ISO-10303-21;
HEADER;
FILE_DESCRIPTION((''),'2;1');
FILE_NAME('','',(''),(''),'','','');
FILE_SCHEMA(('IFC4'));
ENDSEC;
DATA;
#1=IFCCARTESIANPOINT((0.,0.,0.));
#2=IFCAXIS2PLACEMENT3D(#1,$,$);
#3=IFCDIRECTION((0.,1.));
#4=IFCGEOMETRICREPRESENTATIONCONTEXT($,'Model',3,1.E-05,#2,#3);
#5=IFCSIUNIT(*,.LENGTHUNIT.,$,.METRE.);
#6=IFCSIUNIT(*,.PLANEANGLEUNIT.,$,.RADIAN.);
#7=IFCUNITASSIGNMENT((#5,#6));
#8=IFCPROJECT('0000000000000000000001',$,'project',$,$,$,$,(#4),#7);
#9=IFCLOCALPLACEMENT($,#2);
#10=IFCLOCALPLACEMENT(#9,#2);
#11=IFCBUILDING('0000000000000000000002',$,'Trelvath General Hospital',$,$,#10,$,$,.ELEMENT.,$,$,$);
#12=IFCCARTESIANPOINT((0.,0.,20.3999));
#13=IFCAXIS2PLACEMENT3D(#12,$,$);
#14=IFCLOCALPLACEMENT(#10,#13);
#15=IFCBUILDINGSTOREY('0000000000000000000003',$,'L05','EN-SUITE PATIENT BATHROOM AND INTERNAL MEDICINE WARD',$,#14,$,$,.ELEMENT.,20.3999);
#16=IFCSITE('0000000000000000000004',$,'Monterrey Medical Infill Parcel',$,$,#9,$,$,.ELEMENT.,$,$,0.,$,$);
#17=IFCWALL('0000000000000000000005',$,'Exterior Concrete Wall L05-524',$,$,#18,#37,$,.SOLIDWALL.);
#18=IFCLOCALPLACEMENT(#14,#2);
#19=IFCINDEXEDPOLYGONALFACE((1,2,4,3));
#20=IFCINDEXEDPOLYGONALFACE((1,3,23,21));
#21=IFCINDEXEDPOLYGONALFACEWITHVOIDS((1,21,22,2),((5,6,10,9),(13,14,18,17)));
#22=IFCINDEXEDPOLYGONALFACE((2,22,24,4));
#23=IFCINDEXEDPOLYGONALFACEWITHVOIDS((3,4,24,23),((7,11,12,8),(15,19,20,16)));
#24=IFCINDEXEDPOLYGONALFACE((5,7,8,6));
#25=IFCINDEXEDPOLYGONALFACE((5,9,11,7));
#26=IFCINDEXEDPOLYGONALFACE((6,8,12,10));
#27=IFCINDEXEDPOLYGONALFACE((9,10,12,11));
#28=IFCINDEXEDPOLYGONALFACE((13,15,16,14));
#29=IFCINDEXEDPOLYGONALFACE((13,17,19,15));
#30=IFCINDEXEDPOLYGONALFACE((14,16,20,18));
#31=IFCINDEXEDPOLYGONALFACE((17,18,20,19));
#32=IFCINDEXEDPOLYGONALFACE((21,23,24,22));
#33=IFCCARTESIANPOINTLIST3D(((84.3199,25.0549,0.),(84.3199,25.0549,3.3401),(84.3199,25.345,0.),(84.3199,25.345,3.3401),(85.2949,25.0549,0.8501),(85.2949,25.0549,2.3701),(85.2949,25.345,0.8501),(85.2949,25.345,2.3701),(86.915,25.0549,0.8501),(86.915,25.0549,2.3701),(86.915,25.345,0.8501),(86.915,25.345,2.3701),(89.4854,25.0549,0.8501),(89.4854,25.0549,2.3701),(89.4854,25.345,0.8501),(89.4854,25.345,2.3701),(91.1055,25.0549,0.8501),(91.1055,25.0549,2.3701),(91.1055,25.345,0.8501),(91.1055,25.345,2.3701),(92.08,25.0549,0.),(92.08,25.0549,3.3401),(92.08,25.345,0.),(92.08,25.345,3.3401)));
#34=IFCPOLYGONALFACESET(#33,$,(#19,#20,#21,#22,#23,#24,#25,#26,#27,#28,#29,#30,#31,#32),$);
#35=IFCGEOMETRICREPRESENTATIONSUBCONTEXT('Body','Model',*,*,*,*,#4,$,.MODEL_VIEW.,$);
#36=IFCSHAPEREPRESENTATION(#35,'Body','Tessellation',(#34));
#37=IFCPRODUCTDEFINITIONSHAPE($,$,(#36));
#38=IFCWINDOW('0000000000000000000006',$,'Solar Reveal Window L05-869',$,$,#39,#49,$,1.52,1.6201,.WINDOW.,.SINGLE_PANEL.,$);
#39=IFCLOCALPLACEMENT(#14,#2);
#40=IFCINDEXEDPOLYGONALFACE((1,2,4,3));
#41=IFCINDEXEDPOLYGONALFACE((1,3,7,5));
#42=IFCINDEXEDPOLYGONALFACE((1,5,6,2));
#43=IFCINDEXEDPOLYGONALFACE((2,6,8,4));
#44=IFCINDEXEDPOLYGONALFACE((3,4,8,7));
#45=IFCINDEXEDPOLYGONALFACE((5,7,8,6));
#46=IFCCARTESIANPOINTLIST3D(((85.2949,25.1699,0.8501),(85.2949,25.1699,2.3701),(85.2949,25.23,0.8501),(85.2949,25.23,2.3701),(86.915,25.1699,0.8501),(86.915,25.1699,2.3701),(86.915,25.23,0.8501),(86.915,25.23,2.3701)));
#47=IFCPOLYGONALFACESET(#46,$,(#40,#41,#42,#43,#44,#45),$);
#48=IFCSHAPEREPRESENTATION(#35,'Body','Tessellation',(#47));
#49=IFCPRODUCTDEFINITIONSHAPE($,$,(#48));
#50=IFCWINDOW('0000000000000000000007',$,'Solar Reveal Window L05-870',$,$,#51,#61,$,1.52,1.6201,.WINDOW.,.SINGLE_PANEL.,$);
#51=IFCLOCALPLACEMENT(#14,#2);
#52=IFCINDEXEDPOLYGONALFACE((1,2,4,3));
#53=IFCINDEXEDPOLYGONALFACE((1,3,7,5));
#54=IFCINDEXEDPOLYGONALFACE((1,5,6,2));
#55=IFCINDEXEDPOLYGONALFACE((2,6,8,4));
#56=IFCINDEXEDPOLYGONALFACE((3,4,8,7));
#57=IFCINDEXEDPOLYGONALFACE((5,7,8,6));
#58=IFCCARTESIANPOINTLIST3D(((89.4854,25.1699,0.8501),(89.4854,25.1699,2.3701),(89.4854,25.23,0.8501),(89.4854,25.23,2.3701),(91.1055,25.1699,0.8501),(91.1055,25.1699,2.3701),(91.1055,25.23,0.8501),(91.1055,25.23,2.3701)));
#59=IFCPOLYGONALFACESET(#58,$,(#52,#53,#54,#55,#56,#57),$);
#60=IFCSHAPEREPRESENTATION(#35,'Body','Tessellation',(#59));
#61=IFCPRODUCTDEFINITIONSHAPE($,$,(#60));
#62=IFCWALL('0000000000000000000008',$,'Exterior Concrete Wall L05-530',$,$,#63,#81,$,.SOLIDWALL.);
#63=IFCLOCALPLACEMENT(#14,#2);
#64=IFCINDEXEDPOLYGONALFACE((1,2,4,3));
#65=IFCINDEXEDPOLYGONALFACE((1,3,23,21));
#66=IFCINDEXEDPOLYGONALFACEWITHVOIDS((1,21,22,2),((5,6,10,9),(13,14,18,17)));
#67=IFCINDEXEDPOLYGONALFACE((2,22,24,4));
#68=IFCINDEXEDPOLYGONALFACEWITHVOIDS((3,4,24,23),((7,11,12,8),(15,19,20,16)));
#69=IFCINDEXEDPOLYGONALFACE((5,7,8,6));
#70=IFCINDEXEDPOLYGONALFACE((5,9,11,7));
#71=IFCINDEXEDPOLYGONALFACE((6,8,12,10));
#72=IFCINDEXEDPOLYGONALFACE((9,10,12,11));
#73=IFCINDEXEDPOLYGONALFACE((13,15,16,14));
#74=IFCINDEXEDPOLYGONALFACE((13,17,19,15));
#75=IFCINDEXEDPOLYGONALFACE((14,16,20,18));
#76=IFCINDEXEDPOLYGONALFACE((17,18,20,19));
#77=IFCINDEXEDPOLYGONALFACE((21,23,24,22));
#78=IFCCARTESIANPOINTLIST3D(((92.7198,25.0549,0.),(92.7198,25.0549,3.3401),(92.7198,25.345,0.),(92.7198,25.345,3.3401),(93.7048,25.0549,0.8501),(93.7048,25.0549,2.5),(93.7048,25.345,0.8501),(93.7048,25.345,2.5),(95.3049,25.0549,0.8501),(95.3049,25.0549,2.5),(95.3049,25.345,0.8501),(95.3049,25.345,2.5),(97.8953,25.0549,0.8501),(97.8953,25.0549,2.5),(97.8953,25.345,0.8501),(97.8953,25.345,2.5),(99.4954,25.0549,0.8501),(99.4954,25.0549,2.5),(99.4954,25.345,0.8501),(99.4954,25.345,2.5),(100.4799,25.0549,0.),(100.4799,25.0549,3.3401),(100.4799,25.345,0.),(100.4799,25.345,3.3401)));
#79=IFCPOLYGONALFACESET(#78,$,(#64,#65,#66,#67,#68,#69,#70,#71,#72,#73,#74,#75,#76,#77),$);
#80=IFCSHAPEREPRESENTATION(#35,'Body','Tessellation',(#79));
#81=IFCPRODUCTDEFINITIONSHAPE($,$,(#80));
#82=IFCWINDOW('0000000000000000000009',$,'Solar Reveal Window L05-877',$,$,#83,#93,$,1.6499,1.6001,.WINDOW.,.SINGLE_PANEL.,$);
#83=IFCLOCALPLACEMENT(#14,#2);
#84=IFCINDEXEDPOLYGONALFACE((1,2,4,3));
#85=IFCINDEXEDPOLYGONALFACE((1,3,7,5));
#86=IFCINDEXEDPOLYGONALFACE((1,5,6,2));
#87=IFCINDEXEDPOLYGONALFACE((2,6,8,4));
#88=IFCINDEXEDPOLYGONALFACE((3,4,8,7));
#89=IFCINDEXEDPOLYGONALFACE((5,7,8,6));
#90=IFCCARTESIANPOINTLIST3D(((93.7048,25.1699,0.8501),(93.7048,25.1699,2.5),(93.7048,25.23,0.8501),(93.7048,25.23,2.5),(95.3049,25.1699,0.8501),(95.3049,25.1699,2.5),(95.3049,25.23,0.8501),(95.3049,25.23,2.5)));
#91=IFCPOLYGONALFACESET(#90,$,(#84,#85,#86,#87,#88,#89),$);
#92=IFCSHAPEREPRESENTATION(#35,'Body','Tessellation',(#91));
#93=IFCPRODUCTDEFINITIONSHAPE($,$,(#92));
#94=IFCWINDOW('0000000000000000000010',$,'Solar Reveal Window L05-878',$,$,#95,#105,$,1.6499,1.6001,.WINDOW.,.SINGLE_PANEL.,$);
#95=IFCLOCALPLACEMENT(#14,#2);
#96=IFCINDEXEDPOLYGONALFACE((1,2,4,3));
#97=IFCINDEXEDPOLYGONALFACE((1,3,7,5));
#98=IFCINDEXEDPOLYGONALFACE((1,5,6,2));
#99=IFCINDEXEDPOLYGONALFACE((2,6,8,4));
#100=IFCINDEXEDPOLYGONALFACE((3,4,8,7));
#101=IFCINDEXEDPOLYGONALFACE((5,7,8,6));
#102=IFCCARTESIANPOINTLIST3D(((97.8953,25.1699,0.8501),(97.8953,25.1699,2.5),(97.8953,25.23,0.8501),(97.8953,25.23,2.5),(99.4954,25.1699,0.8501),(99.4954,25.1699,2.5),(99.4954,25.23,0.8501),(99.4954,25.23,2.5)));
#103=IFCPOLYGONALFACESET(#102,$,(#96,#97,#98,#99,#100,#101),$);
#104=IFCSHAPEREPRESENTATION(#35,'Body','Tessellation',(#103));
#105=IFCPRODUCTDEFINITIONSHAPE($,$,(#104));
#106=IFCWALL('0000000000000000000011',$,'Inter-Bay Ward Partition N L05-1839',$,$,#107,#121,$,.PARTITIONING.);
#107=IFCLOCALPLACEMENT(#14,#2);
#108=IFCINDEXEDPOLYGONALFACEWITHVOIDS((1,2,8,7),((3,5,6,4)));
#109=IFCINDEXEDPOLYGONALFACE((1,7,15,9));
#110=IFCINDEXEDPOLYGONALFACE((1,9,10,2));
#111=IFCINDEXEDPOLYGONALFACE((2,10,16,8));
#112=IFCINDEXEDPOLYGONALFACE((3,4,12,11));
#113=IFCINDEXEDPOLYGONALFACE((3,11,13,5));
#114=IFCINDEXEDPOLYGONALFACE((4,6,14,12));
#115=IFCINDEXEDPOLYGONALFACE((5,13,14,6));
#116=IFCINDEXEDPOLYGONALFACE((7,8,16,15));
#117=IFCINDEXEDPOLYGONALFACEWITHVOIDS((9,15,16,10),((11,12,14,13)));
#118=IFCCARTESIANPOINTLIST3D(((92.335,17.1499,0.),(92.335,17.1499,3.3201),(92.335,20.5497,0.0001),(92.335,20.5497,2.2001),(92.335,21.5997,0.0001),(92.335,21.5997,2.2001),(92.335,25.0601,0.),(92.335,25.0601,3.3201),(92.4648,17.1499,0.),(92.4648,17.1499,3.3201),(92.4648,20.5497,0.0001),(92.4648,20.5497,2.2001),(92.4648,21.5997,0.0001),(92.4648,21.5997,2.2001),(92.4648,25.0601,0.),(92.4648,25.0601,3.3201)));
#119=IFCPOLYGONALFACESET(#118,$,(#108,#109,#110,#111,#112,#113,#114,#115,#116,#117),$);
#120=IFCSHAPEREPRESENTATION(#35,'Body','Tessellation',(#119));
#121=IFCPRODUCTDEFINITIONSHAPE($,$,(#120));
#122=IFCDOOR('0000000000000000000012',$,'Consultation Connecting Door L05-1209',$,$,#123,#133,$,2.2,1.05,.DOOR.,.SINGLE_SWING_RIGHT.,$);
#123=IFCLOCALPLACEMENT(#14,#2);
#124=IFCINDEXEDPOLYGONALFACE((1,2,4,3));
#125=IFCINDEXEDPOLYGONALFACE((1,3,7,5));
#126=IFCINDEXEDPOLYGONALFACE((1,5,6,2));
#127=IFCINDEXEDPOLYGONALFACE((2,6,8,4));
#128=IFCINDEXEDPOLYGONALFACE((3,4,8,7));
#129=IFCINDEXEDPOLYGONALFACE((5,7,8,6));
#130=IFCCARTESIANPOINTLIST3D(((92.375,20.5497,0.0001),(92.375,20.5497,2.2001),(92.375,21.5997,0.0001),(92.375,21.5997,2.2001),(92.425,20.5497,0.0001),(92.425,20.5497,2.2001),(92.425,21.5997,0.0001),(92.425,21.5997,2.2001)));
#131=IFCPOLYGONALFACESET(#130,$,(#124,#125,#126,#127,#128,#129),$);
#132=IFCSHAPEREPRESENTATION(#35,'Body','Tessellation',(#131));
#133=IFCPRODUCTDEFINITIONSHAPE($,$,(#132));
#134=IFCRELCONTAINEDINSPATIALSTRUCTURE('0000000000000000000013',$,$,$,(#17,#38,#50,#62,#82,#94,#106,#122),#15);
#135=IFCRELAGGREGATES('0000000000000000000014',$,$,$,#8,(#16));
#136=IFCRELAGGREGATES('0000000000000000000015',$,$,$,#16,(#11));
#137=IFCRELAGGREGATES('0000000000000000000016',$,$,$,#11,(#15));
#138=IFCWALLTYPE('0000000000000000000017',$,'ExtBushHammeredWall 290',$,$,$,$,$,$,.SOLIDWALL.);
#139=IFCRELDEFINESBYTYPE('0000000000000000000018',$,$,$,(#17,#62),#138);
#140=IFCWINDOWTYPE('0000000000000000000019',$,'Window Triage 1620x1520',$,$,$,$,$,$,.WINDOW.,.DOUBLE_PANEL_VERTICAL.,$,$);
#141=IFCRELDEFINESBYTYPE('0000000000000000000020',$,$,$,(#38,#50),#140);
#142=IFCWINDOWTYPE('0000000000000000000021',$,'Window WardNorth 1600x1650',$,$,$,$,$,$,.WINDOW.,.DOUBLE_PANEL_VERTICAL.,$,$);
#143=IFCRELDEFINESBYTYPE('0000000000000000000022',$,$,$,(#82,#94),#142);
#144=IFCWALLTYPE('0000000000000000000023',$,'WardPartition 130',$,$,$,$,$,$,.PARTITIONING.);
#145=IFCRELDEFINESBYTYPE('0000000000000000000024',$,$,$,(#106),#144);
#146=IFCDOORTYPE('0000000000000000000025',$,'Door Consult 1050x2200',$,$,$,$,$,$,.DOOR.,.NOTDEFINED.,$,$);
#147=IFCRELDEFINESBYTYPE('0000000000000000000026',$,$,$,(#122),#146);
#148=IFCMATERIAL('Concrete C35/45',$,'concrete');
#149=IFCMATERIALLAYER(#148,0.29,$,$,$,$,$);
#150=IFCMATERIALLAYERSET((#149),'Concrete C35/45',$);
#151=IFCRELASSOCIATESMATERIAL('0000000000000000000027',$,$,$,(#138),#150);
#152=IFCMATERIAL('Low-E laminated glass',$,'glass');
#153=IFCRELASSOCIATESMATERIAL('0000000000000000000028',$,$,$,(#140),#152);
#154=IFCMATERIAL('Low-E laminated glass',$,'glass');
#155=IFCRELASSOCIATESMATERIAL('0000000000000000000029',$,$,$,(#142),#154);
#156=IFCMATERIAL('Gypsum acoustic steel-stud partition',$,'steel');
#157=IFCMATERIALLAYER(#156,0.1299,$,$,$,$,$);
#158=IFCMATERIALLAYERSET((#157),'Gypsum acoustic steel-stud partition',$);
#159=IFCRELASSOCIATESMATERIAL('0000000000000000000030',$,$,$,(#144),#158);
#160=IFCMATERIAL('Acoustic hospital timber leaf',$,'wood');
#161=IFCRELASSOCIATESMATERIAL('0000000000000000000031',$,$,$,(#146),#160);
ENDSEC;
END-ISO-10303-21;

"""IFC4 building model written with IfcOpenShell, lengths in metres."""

from ifc_helpers import new_model, si_unit, direction, frame, frame_2d, origin, place, context, subcontext, project, spatial, rectangle, extrude, material, layer, layer_set, type_object, element, fill, save


model = new_model("IFC4")

# Units and contexts
model_context = context("Model", 3, precision=1e-05, world=origin(), true_north=direction((0.0, 1.0)))
body_context = subcontext(model_context, "Body", "Model", "MODEL_VIEW")
ifc_project = project(units=[si_unit("LENGTHUNIT", "METRE"), si_unit("PLANEANGLEUNIT", "RADIAN")], contexts=[model_context])

# Site, building, storey
site_placement = place(None, origin())
site = spatial("IfcSite", under=ifc_project, at=site_placement, Name="Monterrey Medical Infill Parcel", CompositionType="ELEMENT", RefElevation=0.0)
building_placement = place(site_placement, origin())
building = spatial("IfcBuilding", under=site, at=building_placement, Name="Trelvath General Hospital", CompositionType="ELEMENT")
storey_placement = place(building_placement, frame((0.0, 0.0, 20.3999)))
storey = spatial("IfcBuildingStorey", under=building, at=storey_placement, Name="L05", Description="EN-SUITE PATIENT BATHROOM AND INTERNAL MEDICINE WARD", CompositionType="ELEMENT", Elevation=20.3999)

# Walls, openings, windows
ifc_material_1 = material(Name="Concrete C35/45", Category="concrete")
ifc_layer_1 = layer(ifc_material_1, 0.29)
ifc_layer_set_1 = layer_set([ifc_layer_1], Name="Concrete C35/45")
wall_type_1 = type_object("IfcWallType", Name="ExtBushHammeredWall 290", PredefinedType="SOLIDWALL", material=ifc_layer_set_1)
wall_1_placement = place(storey_placement, frame((84.3201, 25.2, 0.0), z_axis=(0.0, 0.0, 1.0), x_axis=(1.0, 0.0, 0.0)))
wall_1 = element("IfcWall", 1, at=wall_1_placement, inside=storey, type_object=wall_type_1, Name="Exterior Concrete Wall L05-524", PredefinedType="SOLIDWALL", context=body_context, shape_type="SweptSolid", body=[
    extrude(rectangle(XDim=7.76, YDim=0.29, at=frame_2d((3.8799, 0.0))), origin(), (0.0, 0.0, 1.0), 3.3401),
])
opening_1_placement = place(wall_1_placement, frame((0.9749, 0.0, 0.8501)))
opening_1 = element("IfcOpeningElement", 2, at=opening_1_placement, cuts=wall_1, PredefinedType="OPENING", context=body_context, shape_type="SweptSolid", body=[
    extrude(rectangle(XDim=1.6201, YDim=1.52, at=frame_2d((0.8101, 0.76))), frame((0.0, 0.155, 0.0), z_axis=(0.0, -1.0, 0.0), x_axis=(1.0, 0.0, 0.0)), (0.0, 0.0, 1.0), 0.3101),
])
opening_2_placement = place(wall_1_placement, frame((5.1653, 0.0, 0.8501)))
opening_2 = element("IfcOpeningElement", 3, at=opening_2_placement, cuts=wall_1, PredefinedType="OPENING", context=body_context, shape_type="SweptSolid", body=[
    extrude(rectangle(XDim=1.6201, YDim=1.52, at=frame_2d((0.8101, 0.76))), frame((0.0, 0.155, 0.0), z_axis=(0.0, -1.0, 0.0), x_axis=(1.0, 0.0, 0.0)), (0.0, 0.0, 1.0), 0.3101),
])
ifc_material_2 = material(Name="Low-E laminated glass", Category="glass")
window_type_1 = type_object("IfcWindowType", Name="Window Triage 1620x1520", PartitioningType="DOUBLE_PANEL_VERTICAL", PredefinedType="WINDOW", material=ifc_material_2)
window_1_placement = place(opening_1_placement, origin())
window_1 = element("IfcWindow", 4, at=window_1_placement, inside=storey, type_object=window_type_1, Name="Solar Reveal Window L05-869", OverallHeight=1.52, OverallWidth=1.6201, PartitioningType="SINGLE_PANEL", PredefinedType="WINDOW", context=body_context, shape_type="SweptSolid", body=[
    extrude(rectangle(XDim=1.6201, YDim=1.52, at=frame_2d((0.8101, 0.76))), frame((0.0, 0.03, 0.0), z_axis=(0.0, -1.0, 0.0), x_axis=(1.0, 0.0, 0.0)), (0.0, 0.0, 1.0), 0.0601),
])
fill(opening_1, window_1)
window_2_placement = place(opening_2_placement, origin())
window_2 = element("IfcWindow", 5, at=window_2_placement, inside=storey, type_object=window_type_1, Name="Solar Reveal Window L05-870", OverallHeight=1.52, OverallWidth=1.6201, PartitioningType="SINGLE_PANEL", PredefinedType="WINDOW", context=body_context, shape_type="SweptSolid", body=[
    extrude(rectangle(XDim=1.6201, YDim=1.52, at=frame_2d((0.8101, 0.76))), frame((0.0, 0.03, 0.0), z_axis=(0.0, -1.0, 0.0), x_axis=(1.0, 0.0, 0.0)), (0.0, 0.0, 1.0), 0.0601),
])
fill(opening_2, window_2)
wall_2_placement = place(storey_placement, frame((92.72, 25.2, 0.0), z_axis=(0.0, 0.0, 1.0), x_axis=(1.0, 0.0, 0.0)))
wall_2 = element("IfcWall", 6, at=wall_2_placement, inside=storey, type_object=wall_type_1, Name="Exterior Concrete Wall L05-530", PredefinedType="SOLIDWALL", context=body_context, shape_type="SweptSolid", body=[
    extrude(rectangle(XDim=7.76, YDim=0.29, at=frame_2d((3.8799, 0.0))), origin(), (0.0, 0.0, 1.0), 3.3401),
])
opening_3_placement = place(wall_2_placement, frame((0.9849, 0.0, 0.8501)))
opening_3 = element("IfcOpeningElement", 7, at=opening_3_placement, cuts=wall_2, PredefinedType="OPENING", context=body_context, shape_type="SweptSolid", body=[
    extrude(rectangle(XDim=1.6001, YDim=1.6499, at=frame_2d((0.8, 0.825))), frame((0.0, 0.155, 0.0), z_axis=(0.0, -1.0, 0.0), x_axis=(1.0, 0.0, 0.0)), (0.0, 0.0, 1.0), 0.3101),
])
opening_4_placement = place(wall_2_placement, frame((5.1753, 0.0, 0.8501)))
opening_4 = element("IfcOpeningElement", 8, at=opening_4_placement, cuts=wall_2, PredefinedType="OPENING", context=body_context, shape_type="SweptSolid", body=[
    extrude(rectangle(XDim=1.6001, YDim=1.6499, at=frame_2d((0.8, 0.825))), frame((0.0, 0.155, 0.0), z_axis=(0.0, -1.0, 0.0), x_axis=(1.0, 0.0, 0.0)), (0.0, 0.0, 1.0), 0.3101),
])
ifc_material_3 = material(Name="Low-E laminated glass", Category="glass")
window_type_2 = type_object("IfcWindowType", Name="Window WardNorth 1600x1650", PartitioningType="DOUBLE_PANEL_VERTICAL", PredefinedType="WINDOW", material=ifc_material_3)
window_3_placement = place(opening_3_placement, origin())
window_3 = element("IfcWindow", 9, at=window_3_placement, inside=storey, type_object=window_type_2, Name="Solar Reveal Window L05-877", OverallHeight=1.6499, OverallWidth=1.6001, PartitioningType="SINGLE_PANEL", PredefinedType="WINDOW", context=body_context, shape_type="SweptSolid", body=[
    extrude(rectangle(XDim=1.6001, YDim=1.6499, at=frame_2d((0.8, 0.825))), frame((0.0, 0.03, 0.0), z_axis=(0.0, -1.0, 0.0), x_axis=(1.0, 0.0, 0.0)), (0.0, 0.0, 1.0), 0.0601),
])
fill(opening_3, window_3)
window_4_placement = place(opening_4_placement, origin())
window_4 = element("IfcWindow", 10, at=window_4_placement, inside=storey, type_object=window_type_2, Name="Solar Reveal Window L05-878", OverallHeight=1.6499, OverallWidth=1.6001, PartitioningType="SINGLE_PANEL", PredefinedType="WINDOW", context=body_context, shape_type="SweptSolid", body=[
    extrude(rectangle(XDim=1.6001, YDim=1.6499, at=frame_2d((0.8, 0.825))), frame((0.0, 0.03, 0.0), z_axis=(0.0, -1.0, 0.0), x_axis=(1.0, 0.0, 0.0)), (0.0, 0.0, 1.0), 0.0601),
])
fill(opening_4, window_4)

# Wall, opening, door
ifc_material_4 = material(Name="Gypsum acoustic steel-stud partition", Category="steel")
ifc_layer_2 = layer(ifc_material_4, 0.1299)
ifc_layer_set_2 = layer_set([ifc_layer_2], Name="Gypsum acoustic steel-stud partition")
wall_type_2 = type_object("IfcWallType", Name="WardPartition 130", PredefinedType="PARTITIONING", material=ifc_layer_set_2)
wall_3_placement = place(storey_placement, frame((92.3999, 17.1499, 0.0), z_axis=(0.0, 0.0, 1.0), x_axis=(0.0, 1.0, 0.0)))
wall_3 = element("IfcWall", 11, at=wall_3_placement, inside=storey, type_object=wall_type_2, Name="Inter-Bay Ward Partition N L05-1839", PredefinedType="PARTITIONING", context=body_context, shape_type="SweptSolid", body=[
    extrude(rectangle(XDim=7.9102, YDim=0.1299, at=frame_2d((3.9551, 0.0))), origin(), (0.0, 0.0, 1.0), 3.3201),
])
opening_5_placement = place(wall_3_placement, frame((3.3999, 0.0, 0.0)))
opening_5 = element("IfcOpeningElement", 12, at=opening_5_placement, cuts=wall_3, PredefinedType="OPENING", context=body_context, shape_type="SweptSolid", body=[
    extrude(rectangle(XDim=1.05, YDim=2.2, at=frame_2d((0.5249, 1.1001))), frame((0.0, 0.075, 0.0), z_axis=(0.0, -1.0, 0.0), x_axis=(1.0, 0.0, 0.0)), (0.0, 0.0, 1.0), 0.1499),
])
ifc_material_5 = material(Name="Acoustic hospital timber leaf", Category="wood")
door_type = type_object("IfcDoorType", Name="Door Consult 1050x2200", OperationType="NOTDEFINED", PredefinedType="DOOR", material=ifc_material_5)
door_placement = place(opening_5_placement, origin())
door = element("IfcDoor", 13, at=door_placement, inside=storey, type_object=door_type, Name="Consultation Connecting Door L05-1209", OperationType="SINGLE_SWING_RIGHT", OverallHeight=2.2, OverallWidth=1.05, PredefinedType="DOOR", context=body_context, shape_type="SweptSolid", body=[
    extrude(rectangle(XDim=1.05, YDim=2.2, at=frame_2d((0.5249, 1.1001))), frame((0.0, 0.0249, 0.0), z_axis=(0.0, -1.0, 0.0), x_axis=(1.0, 0.0, 0.0)), (0.0, 0.0, 1.0), 0.05),
])
fill(opening_5, door)

save(model, "model.ifc")
